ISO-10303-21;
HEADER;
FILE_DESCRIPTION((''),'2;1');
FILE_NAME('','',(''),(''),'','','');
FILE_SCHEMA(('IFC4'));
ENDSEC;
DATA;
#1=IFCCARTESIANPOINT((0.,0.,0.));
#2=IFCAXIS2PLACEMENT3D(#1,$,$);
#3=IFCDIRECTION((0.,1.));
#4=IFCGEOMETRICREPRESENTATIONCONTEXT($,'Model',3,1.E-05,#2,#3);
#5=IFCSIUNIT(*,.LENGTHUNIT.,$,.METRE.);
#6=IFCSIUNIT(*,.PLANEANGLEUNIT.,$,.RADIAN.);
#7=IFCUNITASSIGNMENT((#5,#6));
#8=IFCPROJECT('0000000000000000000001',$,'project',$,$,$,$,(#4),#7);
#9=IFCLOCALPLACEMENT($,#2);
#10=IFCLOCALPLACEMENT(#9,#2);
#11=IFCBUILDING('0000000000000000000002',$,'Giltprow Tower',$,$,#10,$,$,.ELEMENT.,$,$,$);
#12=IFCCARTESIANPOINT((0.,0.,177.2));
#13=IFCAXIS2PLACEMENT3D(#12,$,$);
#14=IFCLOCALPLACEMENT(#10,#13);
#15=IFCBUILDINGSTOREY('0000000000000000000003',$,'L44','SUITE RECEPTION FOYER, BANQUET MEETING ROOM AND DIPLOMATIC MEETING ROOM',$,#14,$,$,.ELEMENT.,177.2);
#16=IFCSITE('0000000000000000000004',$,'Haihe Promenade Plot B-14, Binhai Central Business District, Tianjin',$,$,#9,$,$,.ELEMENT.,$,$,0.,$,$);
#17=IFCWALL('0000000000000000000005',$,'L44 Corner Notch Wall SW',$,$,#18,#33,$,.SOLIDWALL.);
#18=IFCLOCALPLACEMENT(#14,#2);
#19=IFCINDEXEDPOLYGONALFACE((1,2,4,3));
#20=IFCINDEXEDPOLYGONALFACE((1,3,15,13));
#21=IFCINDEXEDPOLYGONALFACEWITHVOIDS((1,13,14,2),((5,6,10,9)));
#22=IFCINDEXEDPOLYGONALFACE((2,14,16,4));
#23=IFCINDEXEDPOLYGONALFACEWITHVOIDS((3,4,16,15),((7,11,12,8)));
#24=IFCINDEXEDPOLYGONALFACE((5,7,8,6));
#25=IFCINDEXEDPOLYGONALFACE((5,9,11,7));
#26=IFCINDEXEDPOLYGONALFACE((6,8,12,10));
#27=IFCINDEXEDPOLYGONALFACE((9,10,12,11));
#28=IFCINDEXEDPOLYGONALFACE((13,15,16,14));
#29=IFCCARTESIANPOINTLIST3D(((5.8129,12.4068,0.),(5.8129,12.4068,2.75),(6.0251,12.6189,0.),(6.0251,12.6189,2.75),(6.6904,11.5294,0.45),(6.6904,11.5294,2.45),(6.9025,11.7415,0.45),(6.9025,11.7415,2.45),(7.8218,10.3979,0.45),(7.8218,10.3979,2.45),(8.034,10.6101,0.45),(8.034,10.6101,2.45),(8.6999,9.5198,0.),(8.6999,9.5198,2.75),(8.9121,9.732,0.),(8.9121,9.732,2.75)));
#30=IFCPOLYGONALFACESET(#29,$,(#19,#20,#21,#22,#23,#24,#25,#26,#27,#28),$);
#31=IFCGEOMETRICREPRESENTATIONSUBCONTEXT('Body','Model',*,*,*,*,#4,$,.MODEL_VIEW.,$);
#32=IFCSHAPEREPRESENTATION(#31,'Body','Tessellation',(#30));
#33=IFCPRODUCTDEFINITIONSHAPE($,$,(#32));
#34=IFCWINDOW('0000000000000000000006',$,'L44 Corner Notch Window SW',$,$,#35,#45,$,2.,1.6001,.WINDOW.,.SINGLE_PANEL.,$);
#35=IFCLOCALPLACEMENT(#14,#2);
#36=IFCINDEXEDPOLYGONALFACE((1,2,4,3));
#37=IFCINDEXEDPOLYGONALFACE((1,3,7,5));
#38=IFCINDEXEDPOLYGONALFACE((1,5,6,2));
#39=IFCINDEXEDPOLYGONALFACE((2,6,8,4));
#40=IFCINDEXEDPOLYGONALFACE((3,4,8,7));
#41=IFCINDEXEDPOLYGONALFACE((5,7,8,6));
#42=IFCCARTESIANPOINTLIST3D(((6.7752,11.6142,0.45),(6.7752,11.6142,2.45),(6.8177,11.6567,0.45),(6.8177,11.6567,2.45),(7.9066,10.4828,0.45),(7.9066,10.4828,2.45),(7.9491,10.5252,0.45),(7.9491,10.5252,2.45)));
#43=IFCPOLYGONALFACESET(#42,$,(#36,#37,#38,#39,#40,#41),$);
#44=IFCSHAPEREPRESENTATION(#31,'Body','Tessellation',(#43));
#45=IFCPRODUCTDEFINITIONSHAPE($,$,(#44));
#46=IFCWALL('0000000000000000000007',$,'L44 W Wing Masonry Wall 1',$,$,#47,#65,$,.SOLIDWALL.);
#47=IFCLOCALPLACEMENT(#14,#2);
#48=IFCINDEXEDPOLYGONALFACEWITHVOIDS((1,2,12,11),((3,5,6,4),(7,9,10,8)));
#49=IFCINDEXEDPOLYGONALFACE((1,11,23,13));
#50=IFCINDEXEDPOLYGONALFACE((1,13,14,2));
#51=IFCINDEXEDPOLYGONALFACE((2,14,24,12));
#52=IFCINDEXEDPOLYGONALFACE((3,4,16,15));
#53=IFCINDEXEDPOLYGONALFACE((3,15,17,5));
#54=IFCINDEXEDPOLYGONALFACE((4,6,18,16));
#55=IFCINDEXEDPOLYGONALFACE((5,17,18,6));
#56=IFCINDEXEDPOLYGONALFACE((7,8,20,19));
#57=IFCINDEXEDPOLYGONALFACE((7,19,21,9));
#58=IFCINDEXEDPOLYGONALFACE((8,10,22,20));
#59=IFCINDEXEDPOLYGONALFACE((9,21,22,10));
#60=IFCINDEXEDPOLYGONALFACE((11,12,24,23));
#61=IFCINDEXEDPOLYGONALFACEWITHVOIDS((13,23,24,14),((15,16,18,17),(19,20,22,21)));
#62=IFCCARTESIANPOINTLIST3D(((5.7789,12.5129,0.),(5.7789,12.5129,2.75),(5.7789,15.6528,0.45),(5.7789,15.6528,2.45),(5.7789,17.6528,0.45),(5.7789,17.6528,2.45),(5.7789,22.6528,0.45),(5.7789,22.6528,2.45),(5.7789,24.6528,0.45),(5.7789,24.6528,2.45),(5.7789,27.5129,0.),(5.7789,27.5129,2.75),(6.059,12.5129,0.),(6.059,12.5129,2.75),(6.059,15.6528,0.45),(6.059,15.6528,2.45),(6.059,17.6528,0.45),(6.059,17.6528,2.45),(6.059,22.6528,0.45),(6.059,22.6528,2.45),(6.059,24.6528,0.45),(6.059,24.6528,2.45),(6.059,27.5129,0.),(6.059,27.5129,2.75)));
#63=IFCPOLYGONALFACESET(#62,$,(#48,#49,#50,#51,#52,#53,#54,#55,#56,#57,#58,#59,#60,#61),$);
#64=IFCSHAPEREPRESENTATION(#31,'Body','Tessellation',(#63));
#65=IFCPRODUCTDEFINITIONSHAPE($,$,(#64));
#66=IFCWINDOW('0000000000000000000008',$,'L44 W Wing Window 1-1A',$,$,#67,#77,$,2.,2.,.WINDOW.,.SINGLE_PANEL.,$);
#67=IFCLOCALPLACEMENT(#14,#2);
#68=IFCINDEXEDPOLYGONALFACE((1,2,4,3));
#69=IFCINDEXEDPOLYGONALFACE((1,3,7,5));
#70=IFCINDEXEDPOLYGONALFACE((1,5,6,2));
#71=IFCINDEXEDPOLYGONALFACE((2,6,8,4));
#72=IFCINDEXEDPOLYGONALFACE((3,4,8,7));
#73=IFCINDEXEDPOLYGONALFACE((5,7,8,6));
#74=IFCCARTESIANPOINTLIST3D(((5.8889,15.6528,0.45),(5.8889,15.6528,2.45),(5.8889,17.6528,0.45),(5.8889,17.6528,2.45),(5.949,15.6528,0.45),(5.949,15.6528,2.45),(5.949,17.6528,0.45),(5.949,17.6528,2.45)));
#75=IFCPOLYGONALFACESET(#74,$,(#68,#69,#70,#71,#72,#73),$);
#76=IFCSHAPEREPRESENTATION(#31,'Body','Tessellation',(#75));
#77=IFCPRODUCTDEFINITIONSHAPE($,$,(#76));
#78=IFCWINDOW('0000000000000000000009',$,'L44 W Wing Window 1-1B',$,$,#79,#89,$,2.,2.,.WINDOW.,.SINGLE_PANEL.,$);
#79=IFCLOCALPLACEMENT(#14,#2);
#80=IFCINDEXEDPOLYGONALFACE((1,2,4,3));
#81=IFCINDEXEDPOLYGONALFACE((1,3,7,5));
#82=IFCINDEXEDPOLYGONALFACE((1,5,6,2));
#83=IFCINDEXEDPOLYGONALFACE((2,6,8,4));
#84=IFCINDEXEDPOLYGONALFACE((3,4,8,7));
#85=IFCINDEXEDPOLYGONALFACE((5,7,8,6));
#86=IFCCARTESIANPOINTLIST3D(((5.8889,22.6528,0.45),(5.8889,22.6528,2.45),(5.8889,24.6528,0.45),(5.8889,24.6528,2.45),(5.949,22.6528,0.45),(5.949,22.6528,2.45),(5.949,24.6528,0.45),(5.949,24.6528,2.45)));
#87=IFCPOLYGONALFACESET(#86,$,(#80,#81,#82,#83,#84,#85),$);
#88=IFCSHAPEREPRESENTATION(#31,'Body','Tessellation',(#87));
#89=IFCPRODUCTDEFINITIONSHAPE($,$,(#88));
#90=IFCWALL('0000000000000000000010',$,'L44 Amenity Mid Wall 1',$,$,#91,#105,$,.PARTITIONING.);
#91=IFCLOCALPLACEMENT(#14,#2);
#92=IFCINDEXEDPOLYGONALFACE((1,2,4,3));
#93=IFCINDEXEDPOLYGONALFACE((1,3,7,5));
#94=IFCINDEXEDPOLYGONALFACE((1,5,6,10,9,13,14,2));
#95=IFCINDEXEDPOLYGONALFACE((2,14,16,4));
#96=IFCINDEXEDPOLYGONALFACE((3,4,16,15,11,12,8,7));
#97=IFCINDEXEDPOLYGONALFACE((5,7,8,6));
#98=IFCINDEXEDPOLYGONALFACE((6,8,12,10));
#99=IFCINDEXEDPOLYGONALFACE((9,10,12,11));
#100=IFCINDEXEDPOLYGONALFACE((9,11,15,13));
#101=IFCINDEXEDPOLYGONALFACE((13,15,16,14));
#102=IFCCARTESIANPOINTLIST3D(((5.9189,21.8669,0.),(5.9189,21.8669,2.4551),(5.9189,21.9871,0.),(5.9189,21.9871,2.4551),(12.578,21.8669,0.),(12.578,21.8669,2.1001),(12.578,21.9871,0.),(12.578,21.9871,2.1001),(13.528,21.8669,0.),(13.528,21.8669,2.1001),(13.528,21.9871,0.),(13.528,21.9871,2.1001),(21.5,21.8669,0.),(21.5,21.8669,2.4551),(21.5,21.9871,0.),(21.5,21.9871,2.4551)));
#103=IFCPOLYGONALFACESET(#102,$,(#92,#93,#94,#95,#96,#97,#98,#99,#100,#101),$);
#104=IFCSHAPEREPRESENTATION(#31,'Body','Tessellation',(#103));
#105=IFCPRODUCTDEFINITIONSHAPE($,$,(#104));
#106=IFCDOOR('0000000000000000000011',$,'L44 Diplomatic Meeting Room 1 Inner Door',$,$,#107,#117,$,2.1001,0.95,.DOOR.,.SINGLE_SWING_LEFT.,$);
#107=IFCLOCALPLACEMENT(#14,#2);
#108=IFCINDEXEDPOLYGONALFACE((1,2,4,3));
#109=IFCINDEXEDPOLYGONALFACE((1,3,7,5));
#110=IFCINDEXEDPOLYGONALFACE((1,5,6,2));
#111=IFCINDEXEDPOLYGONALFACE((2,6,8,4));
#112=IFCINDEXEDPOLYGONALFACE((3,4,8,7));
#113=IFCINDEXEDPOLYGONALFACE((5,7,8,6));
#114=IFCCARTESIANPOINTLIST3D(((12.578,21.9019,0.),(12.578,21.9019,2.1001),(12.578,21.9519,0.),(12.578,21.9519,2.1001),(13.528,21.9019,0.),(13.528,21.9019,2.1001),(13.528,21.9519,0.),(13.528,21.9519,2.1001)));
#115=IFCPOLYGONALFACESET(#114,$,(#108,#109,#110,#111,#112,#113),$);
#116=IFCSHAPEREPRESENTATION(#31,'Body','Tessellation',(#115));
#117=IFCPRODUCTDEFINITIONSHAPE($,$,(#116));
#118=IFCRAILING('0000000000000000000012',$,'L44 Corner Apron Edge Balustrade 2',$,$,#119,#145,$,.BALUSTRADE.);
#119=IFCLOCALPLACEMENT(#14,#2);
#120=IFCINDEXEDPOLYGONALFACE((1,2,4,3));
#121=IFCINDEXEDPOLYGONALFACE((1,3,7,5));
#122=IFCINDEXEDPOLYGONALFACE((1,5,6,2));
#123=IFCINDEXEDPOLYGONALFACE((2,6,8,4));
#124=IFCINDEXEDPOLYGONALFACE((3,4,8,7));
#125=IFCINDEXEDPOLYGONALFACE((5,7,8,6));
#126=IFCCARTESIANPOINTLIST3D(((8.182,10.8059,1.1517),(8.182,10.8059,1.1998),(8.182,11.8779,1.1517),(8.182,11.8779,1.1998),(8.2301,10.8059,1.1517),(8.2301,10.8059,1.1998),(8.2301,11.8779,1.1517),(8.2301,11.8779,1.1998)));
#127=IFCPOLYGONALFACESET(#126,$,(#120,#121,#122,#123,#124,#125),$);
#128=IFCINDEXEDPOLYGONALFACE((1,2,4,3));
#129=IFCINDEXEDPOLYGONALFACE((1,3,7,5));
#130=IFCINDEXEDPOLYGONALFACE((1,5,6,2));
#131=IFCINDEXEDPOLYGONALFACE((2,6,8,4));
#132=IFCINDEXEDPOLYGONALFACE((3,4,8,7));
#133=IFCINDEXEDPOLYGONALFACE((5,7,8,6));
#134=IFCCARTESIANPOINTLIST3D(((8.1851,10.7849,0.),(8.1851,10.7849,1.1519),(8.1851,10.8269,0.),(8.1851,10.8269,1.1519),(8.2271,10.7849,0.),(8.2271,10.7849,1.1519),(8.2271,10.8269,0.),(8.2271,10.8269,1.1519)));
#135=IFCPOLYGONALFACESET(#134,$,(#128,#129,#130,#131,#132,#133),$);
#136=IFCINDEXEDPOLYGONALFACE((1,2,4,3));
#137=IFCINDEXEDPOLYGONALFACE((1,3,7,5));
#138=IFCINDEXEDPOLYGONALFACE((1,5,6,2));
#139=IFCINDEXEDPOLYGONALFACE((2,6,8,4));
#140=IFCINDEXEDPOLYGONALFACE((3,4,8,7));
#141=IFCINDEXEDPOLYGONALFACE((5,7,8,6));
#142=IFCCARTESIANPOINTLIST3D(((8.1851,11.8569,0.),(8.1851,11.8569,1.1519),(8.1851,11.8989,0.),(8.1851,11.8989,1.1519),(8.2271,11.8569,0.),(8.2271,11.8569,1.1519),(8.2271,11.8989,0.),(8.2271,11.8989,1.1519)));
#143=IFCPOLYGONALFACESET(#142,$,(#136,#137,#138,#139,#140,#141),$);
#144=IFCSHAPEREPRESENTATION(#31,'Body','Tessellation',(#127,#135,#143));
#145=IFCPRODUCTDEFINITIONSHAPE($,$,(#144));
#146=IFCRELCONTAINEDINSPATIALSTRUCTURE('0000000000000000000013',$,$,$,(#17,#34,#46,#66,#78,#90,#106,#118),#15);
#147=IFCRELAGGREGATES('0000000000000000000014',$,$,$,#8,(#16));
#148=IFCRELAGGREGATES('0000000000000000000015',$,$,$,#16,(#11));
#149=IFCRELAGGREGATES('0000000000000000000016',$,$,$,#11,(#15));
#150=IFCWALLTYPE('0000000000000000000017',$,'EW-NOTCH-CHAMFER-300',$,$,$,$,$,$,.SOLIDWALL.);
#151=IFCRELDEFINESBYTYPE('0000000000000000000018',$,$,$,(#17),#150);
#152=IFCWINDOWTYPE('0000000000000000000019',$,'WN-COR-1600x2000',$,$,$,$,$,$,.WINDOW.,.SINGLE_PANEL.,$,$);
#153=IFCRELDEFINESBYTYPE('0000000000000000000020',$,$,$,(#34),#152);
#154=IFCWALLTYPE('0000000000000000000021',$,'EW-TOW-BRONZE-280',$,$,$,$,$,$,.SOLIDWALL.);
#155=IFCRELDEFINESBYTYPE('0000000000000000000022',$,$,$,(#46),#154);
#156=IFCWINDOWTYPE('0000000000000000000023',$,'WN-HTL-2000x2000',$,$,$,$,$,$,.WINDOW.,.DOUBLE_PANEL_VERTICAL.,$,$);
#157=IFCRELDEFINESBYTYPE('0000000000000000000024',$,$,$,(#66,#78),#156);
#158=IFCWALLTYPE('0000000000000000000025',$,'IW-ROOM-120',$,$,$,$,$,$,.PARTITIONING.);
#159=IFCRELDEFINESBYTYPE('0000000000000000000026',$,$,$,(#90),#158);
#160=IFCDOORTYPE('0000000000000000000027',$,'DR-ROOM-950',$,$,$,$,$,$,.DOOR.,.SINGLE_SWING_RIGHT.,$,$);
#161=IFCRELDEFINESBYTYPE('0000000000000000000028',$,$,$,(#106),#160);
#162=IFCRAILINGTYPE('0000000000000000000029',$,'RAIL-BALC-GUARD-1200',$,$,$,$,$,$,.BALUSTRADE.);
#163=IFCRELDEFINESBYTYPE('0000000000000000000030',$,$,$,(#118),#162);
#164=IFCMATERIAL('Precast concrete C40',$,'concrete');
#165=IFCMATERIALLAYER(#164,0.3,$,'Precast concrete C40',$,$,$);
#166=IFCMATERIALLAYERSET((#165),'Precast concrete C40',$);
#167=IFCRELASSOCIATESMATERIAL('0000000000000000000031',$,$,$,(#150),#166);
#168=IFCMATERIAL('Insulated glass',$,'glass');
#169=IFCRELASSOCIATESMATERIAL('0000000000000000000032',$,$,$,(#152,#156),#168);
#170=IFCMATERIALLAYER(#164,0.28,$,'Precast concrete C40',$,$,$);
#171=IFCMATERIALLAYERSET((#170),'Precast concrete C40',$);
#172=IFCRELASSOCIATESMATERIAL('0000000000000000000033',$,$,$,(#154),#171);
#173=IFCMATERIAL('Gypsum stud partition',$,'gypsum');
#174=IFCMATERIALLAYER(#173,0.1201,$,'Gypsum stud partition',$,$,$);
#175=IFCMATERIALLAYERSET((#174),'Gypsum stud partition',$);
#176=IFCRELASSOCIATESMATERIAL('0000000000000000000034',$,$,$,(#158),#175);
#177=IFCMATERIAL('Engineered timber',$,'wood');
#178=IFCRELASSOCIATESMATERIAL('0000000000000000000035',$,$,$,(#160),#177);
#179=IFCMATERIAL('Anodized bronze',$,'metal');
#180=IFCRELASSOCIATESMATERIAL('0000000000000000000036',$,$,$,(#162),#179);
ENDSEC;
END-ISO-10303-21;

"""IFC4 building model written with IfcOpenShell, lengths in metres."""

from ifc_helpers import new_model, si_unit, direction, frame, frame_2d, origin, origin_2d, place, context, subcontext, project, spatial, rectangle, extrude, source, transform, mapped, material, layer, layer_set, type_object, element, fill, save


model = new_model("IFC4")

# Units and contexts
model_context = context("Model", 3, precision=1e-05, world=origin(), true_north=direction((0.0, 1.0)))
body_context = subcontext(model_context, "Body", "Model", "MODEL_VIEW")
ifc_project = project(units=[si_unit("LENGTHUNIT", "METRE"), si_unit("PLANEANGLEUNIT", "RADIAN")], contexts=[model_context])

# Site, building, storey
site_placement = place(None, origin())
site = spatial("IfcSite", under=ifc_project, at=site_placement, Name="Haihe Promenade Plot B-14, Binhai Central Business District, Tianjin", CompositionType="ELEMENT", RefElevation=0.0)
building_placement = place(site_placement, origin())
building = spatial("IfcBuilding", under=site, at=building_placement, Name="Giltprow Tower", CompositionType="ELEMENT")
storey_placement = place(building_placement, frame((0.0, 0.0, 177.2)))
storey = spatial("IfcBuildingStorey", under=building, at=storey_placement, Name="L44", Description="SUITE RECEPTION FOYER, BANQUET MEETING ROOM AND DIPLOMATIC MEETING ROOM", CompositionType="ELEMENT", Elevation=177.2)

# Shared definitions
ifc_material_1 = material(Name="Anodized bronze", Category="metal")

# Shared definitions
ifc_material_2 = material(Name="Insulated glass", Category="glass")

# Wall, opening, window
ifc_material_3 = material(Name="Precast concrete C40", Category="concrete")
ifc_layer_1 = layer(ifc_material_3, 0.3, Name="Precast concrete C40")
ifc_layer_set_1 = layer_set([ifc_layer_1], Name="Precast concrete C40")
wall_type_1 = type_object("IfcWallType", Name="EW-NOTCH-CHAMFER-300", PredefinedType="SOLIDWALL", material=ifc_layer_set_1)
wall_1_placement = place(storey_placement, frame((5.9189, 12.5129, 0.0), z_axis=(0.0, 0.0, 1.0), x_axis=(0.707107, -0.707107, 0.0)))
wall_1 = element("IfcWall", 1, at=wall_1_placement, inside=storey, type_object=wall_type_1, Name="L44 Corner Notch Wall SW", PredefinedType="SOLIDWALL", context=body_context, shape_type="SweptSolid", body=[
    extrude(rectangle(XDim=4.0828, YDim=0.3, at=frame_2d((2.0415, 0.0))), origin(), (0.0, 0.0, 1.0), 2.75),
])
opening_1_placement = place(wall_1_placement, frame((1.241, 0.0, 0.45)))
opening_1 = element("IfcOpeningElement", 2, at=opening_1_placement, cuts=wall_1, PredefinedType="OPENING", context=body_context, shape_type="SweptSolid", body=[
    extrude(rectangle(XDim=1.6001, YDim=2.0, at=frame_2d((0.8, 1.0))), frame((0.0, 0.1599, 0.0), z_axis=(0.0, -1.0, 0.0), x_axis=(1.0, 0.0, 0.0)), (0.0, 0.0, 1.0), 0.3201),
])
window_type_1 = type_object("IfcWindowType", Name="WN-COR-1600x2000", PartitioningType="SINGLE_PANEL", PredefinedType="WINDOW", material=ifc_material_2)
shared_shape_1 = source(origin(), body_context, "Body", "SweptSolid", [
    extrude(rectangle(XDim=1.6001, YDim=2.0, at=frame_2d((0.8, 1.0))), frame((0.0, 0.03, 0.0), z_axis=(0.0, -1.0, 0.0), x_axis=(1.0, 0.0, 0.0)), (0.0, 0.0, 1.0), 0.0601),
])
window_1_placement = place(opening_1_placement, origin())
window_1 = element("IfcWindow", 3, at=window_1_placement, inside=storey, type_object=window_type_1, Name="L44 Corner Notch Window SW", OverallHeight=2.0, OverallWidth=1.6001, PartitioningType="SINGLE_PANEL", PredefinedType="WINDOW", context=body_context, shape_type="MappedRepresentation", body=[
    mapped(shared_shape_1, transform((0.0, 0.0, 0.0), x_axis=(1.0, 0.0, 0.0), y_axis=(0.0, 1.0, 0.0), z_axis=(0.0, 0.0, 1.0), scale=1.0)),
])
fill(opening_1, window_1)

# Wall, openings, windows
ifc_layer_2 = layer(ifc_material_3, 0.28, Name="Precast concrete C40")
ifc_layer_set_2 = layer_set([ifc_layer_2], Name="Precast concrete C40")
wall_type_2 = type_object("IfcWallType", Name="EW-TOW-BRONZE-280", PredefinedType="SOLIDWALL", material=ifc_layer_set_2)
wall_2_placement = place(storey_placement, frame((5.9189, 12.5129, 0.0), z_axis=(0.0, 0.0, 1.0), x_axis=(0.0, 1.0, 0.0)))
wall_2 = element("IfcWall", 4, at=wall_2_placement, inside=storey, type_object=wall_type_2, Name="L44 W Wing Masonry Wall 1", PredefinedType="SOLIDWALL", context=body_context, shape_type="SweptSolid", body=[
    extrude(rectangle(XDim=15.0, YDim=0.28, at=frame_2d((7.5, 0.0))), origin(), (0.0, 0.0, 1.0), 2.75),
])
opening_2_placement = place(wall_2_placement, frame((3.1399, 0.0, 0.45)))
opening_2 = element("IfcOpeningElement", 5, at=opening_2_placement, cuts=wall_2, PredefinedType="OPENING", context=body_context, shape_type="SweptSolid", body=[
    extrude(rectangle(XDim=2.0, YDim=2.0, at=frame_2d((1.0, 1.0))), frame((0.0, 0.1499, 0.0), z_axis=(0.0, -1.0, 0.0), x_axis=(1.0, 0.0, 0.0)), (0.0, 0.0, 1.0), 0.3),
])
opening_3_placement = place(wall_2_placement, frame((10.1399, 0.0, 0.45)))
opening_3 = element("IfcOpeningElement", 6, at=opening_3_placement, cuts=wall_2, PredefinedType="OPENING", context=body_context, shape_type="SweptSolid", body=[
    extrude(rectangle(XDim=2.0, YDim=2.0, at=frame_2d((1.0, 1.0))), frame((0.0, 0.1499, 0.0), z_axis=(0.0, -1.0, 0.0), x_axis=(1.0, 0.0, 0.0)), (0.0, 0.0, 1.0), 0.3),
])
window_type_2 = type_object("IfcWindowType", Name="WN-HTL-2000x2000", PartitioningType="DOUBLE_PANEL_VERTICAL", PredefinedType="WINDOW", material=ifc_material_2)
shared_shape_2 = source(origin(), body_context, "Body", "SweptSolid", [
    extrude(rectangle(XDim=2.0, YDim=2.0, at=frame_2d((1.0, 1.0))), frame((0.0, 0.03, 0.0), z_axis=(0.0, -1.0, 0.0), x_axis=(1.0, 0.0, 0.0)), (0.0, 0.0, 1.0), 0.0601),
])
window_2_placement = place(opening_2_placement, origin())
window_2 = element("IfcWindow", 7, at=window_2_placement, inside=storey, type_object=window_type_2, Name="L44 W Wing Window 1-1A", OverallHeight=2.0, OverallWidth=2.0, PartitioningType="SINGLE_PANEL", PredefinedType="WINDOW", context=body_context, shape_type="MappedRepresentation", body=[
    mapped(shared_shape_2, transform((0.0, 0.0, 0.0), x_axis=(1.0, 0.0, 0.0), y_axis=(0.0, 1.0, 0.0), z_axis=(0.0, 0.0, 1.0), scale=1.0)),
])
fill(opening_2, window_2)
window_3_placement = place(opening_3_placement, origin())
window_3 = element("IfcWindow", 8, at=window_3_placement, inside=storey, type_object=window_type_2, Name="L44 W Wing Window 1-1B", OverallHeight=2.0, OverallWidth=2.0, PartitioningType="SINGLE_PANEL", PredefinedType="WINDOW", context=body_context, shape_type="MappedRepresentation", body=[
    mapped(shared_shape_2, transform((0.0, 0.0, 0.0), x_axis=(1.0, 0.0, 0.0), y_axis=(0.0, 1.0, 0.0), z_axis=(0.0, 0.0, 1.0), scale=1.0)),
])
fill(opening_3, window_3)

# Wall, opening, door
ifc_material_4 = material(Name="Gypsum stud partition", Category="gypsum")
ifc_layer_3 = layer(ifc_material_4, 0.1201, Name="Gypsum stud partition")
ifc_layer_set_3 = layer_set([ifc_layer_3], Name="Gypsum stud partition")
wall_type_3 = type_object("IfcWallType", Name="IW-ROOM-120", PredefinedType="PARTITIONING", material=ifc_layer_set_3)
wall_3_placement = place(storey_placement, frame((5.9189, 21.927, 0.0), z_axis=(0.0, 0.0, 1.0), x_axis=(1.0, 0.0, 0.0)))
wall_3 = element("IfcWall", 9, at=wall_3_placement, inside=storey, type_object=wall_type_3, Name="L44 Amenity Mid Wall 1", PredefinedType="PARTITIONING", context=body_context, shape_type="SweptSolid", body=[
    extrude(rectangle(XDim=15.5811, YDim=0.1201, at=frame_2d((7.7905, 0.0))), origin(), (0.0, 0.0, 1.0), 2.4551),
])
opening_4_placement = place(wall_3_placement, frame((6.6589, 0.0, 0.0)))
opening_4 = element("IfcOpeningElement", 10, at=opening_4_placement, cuts=wall_3, PredefinedType="OPENING", context=body_context, shape_type="SweptSolid", body=[
    extrude(rectangle(XDim=0.95, YDim=2.1001, at=frame_2d((0.4751, 1.05))), frame((0.0, 0.0701, 0.0), z_axis=(0.0, -1.0, 0.0), x_axis=(1.0, 0.0, 0.0)), (0.0, 0.0, 1.0), 0.1401),
])
ifc_material_5 = material(Name="Engineered timber", Category="wood")
door_type = type_object("IfcDoorType", Name="DR-ROOM-950", OperationType="SINGLE_SWING_RIGHT", PredefinedType="DOOR", material=ifc_material_5)
shared_shape_3 = source(origin(), body_context, "Body", "SweptSolid", [
    extrude(rectangle(XDim=0.95, YDim=2.1001, at=frame_2d((0.4751, 1.05))), frame((0.0, 0.0249, 0.0), z_axis=(0.0, -1.0, 0.0), x_axis=(1.0, 0.0, 0.0)), (0.0, 0.0, 1.0), 0.05),
])
door_placement = place(opening_4_placement, origin())
door = element("IfcDoor", 11, at=door_placement, inside=storey, type_object=door_type, Name="L44 Diplomatic Meeting Room 1 Inner Door", OperationType="SINGLE_SWING_LEFT", OverallHeight=2.1001, OverallWidth=0.95, PredefinedType="DOOR", context=body_context, shape_type="MappedRepresentation", body=[
    mapped(shared_shape_3, transform((0.0, 0.0, 0.0), x_axis=(1.0, 0.0, 0.0), y_axis=(0.0, 1.0, 0.0), z_axis=(0.0, 0.0, 1.0), scale=1.0)),
])
fill(opening_4, door)

# Railing
railing_type = type_object("IfcRailingType", Name="RAIL-BALC-GUARD-1200", PredefinedType="BALUSTRADE", material=ifc_material_1)
railing_1_placement = place(storey_placement, frame((8.2061, 10.8059, 0.0)))
element("IfcRailing", 12, at=railing_1_placement, inside=storey, type_object=railing_type, Name="L44 Corner Apron Edge Balustrade 2", PredefinedType="BALUSTRADE", context=body_context, shape_type="SweptSolid", body=[
    extrude(rectangle(XDim=0.0481, YDim=0.0481, at=origin_2d()), frame((0.0, 0.0, 1.1758), z_axis=(0.0, 1.0, 0.0), x_axis=(-1.0, 0.0, 0.0)), (0.0, 0.0, 1.0), 1.072),
    extrude(rectangle(XDim=0.042, YDim=0.042, at=origin_2d()), origin(), (0.0, 0.0, 1.0), 1.1519),
    extrude(rectangle(XDim=0.042, YDim=0.042, at=origin_2d()), frame((0.0, 1.072, 0.0)), (0.0, 0.0, 1.0), 1.1519),
])

save(model, "model.ifc")
